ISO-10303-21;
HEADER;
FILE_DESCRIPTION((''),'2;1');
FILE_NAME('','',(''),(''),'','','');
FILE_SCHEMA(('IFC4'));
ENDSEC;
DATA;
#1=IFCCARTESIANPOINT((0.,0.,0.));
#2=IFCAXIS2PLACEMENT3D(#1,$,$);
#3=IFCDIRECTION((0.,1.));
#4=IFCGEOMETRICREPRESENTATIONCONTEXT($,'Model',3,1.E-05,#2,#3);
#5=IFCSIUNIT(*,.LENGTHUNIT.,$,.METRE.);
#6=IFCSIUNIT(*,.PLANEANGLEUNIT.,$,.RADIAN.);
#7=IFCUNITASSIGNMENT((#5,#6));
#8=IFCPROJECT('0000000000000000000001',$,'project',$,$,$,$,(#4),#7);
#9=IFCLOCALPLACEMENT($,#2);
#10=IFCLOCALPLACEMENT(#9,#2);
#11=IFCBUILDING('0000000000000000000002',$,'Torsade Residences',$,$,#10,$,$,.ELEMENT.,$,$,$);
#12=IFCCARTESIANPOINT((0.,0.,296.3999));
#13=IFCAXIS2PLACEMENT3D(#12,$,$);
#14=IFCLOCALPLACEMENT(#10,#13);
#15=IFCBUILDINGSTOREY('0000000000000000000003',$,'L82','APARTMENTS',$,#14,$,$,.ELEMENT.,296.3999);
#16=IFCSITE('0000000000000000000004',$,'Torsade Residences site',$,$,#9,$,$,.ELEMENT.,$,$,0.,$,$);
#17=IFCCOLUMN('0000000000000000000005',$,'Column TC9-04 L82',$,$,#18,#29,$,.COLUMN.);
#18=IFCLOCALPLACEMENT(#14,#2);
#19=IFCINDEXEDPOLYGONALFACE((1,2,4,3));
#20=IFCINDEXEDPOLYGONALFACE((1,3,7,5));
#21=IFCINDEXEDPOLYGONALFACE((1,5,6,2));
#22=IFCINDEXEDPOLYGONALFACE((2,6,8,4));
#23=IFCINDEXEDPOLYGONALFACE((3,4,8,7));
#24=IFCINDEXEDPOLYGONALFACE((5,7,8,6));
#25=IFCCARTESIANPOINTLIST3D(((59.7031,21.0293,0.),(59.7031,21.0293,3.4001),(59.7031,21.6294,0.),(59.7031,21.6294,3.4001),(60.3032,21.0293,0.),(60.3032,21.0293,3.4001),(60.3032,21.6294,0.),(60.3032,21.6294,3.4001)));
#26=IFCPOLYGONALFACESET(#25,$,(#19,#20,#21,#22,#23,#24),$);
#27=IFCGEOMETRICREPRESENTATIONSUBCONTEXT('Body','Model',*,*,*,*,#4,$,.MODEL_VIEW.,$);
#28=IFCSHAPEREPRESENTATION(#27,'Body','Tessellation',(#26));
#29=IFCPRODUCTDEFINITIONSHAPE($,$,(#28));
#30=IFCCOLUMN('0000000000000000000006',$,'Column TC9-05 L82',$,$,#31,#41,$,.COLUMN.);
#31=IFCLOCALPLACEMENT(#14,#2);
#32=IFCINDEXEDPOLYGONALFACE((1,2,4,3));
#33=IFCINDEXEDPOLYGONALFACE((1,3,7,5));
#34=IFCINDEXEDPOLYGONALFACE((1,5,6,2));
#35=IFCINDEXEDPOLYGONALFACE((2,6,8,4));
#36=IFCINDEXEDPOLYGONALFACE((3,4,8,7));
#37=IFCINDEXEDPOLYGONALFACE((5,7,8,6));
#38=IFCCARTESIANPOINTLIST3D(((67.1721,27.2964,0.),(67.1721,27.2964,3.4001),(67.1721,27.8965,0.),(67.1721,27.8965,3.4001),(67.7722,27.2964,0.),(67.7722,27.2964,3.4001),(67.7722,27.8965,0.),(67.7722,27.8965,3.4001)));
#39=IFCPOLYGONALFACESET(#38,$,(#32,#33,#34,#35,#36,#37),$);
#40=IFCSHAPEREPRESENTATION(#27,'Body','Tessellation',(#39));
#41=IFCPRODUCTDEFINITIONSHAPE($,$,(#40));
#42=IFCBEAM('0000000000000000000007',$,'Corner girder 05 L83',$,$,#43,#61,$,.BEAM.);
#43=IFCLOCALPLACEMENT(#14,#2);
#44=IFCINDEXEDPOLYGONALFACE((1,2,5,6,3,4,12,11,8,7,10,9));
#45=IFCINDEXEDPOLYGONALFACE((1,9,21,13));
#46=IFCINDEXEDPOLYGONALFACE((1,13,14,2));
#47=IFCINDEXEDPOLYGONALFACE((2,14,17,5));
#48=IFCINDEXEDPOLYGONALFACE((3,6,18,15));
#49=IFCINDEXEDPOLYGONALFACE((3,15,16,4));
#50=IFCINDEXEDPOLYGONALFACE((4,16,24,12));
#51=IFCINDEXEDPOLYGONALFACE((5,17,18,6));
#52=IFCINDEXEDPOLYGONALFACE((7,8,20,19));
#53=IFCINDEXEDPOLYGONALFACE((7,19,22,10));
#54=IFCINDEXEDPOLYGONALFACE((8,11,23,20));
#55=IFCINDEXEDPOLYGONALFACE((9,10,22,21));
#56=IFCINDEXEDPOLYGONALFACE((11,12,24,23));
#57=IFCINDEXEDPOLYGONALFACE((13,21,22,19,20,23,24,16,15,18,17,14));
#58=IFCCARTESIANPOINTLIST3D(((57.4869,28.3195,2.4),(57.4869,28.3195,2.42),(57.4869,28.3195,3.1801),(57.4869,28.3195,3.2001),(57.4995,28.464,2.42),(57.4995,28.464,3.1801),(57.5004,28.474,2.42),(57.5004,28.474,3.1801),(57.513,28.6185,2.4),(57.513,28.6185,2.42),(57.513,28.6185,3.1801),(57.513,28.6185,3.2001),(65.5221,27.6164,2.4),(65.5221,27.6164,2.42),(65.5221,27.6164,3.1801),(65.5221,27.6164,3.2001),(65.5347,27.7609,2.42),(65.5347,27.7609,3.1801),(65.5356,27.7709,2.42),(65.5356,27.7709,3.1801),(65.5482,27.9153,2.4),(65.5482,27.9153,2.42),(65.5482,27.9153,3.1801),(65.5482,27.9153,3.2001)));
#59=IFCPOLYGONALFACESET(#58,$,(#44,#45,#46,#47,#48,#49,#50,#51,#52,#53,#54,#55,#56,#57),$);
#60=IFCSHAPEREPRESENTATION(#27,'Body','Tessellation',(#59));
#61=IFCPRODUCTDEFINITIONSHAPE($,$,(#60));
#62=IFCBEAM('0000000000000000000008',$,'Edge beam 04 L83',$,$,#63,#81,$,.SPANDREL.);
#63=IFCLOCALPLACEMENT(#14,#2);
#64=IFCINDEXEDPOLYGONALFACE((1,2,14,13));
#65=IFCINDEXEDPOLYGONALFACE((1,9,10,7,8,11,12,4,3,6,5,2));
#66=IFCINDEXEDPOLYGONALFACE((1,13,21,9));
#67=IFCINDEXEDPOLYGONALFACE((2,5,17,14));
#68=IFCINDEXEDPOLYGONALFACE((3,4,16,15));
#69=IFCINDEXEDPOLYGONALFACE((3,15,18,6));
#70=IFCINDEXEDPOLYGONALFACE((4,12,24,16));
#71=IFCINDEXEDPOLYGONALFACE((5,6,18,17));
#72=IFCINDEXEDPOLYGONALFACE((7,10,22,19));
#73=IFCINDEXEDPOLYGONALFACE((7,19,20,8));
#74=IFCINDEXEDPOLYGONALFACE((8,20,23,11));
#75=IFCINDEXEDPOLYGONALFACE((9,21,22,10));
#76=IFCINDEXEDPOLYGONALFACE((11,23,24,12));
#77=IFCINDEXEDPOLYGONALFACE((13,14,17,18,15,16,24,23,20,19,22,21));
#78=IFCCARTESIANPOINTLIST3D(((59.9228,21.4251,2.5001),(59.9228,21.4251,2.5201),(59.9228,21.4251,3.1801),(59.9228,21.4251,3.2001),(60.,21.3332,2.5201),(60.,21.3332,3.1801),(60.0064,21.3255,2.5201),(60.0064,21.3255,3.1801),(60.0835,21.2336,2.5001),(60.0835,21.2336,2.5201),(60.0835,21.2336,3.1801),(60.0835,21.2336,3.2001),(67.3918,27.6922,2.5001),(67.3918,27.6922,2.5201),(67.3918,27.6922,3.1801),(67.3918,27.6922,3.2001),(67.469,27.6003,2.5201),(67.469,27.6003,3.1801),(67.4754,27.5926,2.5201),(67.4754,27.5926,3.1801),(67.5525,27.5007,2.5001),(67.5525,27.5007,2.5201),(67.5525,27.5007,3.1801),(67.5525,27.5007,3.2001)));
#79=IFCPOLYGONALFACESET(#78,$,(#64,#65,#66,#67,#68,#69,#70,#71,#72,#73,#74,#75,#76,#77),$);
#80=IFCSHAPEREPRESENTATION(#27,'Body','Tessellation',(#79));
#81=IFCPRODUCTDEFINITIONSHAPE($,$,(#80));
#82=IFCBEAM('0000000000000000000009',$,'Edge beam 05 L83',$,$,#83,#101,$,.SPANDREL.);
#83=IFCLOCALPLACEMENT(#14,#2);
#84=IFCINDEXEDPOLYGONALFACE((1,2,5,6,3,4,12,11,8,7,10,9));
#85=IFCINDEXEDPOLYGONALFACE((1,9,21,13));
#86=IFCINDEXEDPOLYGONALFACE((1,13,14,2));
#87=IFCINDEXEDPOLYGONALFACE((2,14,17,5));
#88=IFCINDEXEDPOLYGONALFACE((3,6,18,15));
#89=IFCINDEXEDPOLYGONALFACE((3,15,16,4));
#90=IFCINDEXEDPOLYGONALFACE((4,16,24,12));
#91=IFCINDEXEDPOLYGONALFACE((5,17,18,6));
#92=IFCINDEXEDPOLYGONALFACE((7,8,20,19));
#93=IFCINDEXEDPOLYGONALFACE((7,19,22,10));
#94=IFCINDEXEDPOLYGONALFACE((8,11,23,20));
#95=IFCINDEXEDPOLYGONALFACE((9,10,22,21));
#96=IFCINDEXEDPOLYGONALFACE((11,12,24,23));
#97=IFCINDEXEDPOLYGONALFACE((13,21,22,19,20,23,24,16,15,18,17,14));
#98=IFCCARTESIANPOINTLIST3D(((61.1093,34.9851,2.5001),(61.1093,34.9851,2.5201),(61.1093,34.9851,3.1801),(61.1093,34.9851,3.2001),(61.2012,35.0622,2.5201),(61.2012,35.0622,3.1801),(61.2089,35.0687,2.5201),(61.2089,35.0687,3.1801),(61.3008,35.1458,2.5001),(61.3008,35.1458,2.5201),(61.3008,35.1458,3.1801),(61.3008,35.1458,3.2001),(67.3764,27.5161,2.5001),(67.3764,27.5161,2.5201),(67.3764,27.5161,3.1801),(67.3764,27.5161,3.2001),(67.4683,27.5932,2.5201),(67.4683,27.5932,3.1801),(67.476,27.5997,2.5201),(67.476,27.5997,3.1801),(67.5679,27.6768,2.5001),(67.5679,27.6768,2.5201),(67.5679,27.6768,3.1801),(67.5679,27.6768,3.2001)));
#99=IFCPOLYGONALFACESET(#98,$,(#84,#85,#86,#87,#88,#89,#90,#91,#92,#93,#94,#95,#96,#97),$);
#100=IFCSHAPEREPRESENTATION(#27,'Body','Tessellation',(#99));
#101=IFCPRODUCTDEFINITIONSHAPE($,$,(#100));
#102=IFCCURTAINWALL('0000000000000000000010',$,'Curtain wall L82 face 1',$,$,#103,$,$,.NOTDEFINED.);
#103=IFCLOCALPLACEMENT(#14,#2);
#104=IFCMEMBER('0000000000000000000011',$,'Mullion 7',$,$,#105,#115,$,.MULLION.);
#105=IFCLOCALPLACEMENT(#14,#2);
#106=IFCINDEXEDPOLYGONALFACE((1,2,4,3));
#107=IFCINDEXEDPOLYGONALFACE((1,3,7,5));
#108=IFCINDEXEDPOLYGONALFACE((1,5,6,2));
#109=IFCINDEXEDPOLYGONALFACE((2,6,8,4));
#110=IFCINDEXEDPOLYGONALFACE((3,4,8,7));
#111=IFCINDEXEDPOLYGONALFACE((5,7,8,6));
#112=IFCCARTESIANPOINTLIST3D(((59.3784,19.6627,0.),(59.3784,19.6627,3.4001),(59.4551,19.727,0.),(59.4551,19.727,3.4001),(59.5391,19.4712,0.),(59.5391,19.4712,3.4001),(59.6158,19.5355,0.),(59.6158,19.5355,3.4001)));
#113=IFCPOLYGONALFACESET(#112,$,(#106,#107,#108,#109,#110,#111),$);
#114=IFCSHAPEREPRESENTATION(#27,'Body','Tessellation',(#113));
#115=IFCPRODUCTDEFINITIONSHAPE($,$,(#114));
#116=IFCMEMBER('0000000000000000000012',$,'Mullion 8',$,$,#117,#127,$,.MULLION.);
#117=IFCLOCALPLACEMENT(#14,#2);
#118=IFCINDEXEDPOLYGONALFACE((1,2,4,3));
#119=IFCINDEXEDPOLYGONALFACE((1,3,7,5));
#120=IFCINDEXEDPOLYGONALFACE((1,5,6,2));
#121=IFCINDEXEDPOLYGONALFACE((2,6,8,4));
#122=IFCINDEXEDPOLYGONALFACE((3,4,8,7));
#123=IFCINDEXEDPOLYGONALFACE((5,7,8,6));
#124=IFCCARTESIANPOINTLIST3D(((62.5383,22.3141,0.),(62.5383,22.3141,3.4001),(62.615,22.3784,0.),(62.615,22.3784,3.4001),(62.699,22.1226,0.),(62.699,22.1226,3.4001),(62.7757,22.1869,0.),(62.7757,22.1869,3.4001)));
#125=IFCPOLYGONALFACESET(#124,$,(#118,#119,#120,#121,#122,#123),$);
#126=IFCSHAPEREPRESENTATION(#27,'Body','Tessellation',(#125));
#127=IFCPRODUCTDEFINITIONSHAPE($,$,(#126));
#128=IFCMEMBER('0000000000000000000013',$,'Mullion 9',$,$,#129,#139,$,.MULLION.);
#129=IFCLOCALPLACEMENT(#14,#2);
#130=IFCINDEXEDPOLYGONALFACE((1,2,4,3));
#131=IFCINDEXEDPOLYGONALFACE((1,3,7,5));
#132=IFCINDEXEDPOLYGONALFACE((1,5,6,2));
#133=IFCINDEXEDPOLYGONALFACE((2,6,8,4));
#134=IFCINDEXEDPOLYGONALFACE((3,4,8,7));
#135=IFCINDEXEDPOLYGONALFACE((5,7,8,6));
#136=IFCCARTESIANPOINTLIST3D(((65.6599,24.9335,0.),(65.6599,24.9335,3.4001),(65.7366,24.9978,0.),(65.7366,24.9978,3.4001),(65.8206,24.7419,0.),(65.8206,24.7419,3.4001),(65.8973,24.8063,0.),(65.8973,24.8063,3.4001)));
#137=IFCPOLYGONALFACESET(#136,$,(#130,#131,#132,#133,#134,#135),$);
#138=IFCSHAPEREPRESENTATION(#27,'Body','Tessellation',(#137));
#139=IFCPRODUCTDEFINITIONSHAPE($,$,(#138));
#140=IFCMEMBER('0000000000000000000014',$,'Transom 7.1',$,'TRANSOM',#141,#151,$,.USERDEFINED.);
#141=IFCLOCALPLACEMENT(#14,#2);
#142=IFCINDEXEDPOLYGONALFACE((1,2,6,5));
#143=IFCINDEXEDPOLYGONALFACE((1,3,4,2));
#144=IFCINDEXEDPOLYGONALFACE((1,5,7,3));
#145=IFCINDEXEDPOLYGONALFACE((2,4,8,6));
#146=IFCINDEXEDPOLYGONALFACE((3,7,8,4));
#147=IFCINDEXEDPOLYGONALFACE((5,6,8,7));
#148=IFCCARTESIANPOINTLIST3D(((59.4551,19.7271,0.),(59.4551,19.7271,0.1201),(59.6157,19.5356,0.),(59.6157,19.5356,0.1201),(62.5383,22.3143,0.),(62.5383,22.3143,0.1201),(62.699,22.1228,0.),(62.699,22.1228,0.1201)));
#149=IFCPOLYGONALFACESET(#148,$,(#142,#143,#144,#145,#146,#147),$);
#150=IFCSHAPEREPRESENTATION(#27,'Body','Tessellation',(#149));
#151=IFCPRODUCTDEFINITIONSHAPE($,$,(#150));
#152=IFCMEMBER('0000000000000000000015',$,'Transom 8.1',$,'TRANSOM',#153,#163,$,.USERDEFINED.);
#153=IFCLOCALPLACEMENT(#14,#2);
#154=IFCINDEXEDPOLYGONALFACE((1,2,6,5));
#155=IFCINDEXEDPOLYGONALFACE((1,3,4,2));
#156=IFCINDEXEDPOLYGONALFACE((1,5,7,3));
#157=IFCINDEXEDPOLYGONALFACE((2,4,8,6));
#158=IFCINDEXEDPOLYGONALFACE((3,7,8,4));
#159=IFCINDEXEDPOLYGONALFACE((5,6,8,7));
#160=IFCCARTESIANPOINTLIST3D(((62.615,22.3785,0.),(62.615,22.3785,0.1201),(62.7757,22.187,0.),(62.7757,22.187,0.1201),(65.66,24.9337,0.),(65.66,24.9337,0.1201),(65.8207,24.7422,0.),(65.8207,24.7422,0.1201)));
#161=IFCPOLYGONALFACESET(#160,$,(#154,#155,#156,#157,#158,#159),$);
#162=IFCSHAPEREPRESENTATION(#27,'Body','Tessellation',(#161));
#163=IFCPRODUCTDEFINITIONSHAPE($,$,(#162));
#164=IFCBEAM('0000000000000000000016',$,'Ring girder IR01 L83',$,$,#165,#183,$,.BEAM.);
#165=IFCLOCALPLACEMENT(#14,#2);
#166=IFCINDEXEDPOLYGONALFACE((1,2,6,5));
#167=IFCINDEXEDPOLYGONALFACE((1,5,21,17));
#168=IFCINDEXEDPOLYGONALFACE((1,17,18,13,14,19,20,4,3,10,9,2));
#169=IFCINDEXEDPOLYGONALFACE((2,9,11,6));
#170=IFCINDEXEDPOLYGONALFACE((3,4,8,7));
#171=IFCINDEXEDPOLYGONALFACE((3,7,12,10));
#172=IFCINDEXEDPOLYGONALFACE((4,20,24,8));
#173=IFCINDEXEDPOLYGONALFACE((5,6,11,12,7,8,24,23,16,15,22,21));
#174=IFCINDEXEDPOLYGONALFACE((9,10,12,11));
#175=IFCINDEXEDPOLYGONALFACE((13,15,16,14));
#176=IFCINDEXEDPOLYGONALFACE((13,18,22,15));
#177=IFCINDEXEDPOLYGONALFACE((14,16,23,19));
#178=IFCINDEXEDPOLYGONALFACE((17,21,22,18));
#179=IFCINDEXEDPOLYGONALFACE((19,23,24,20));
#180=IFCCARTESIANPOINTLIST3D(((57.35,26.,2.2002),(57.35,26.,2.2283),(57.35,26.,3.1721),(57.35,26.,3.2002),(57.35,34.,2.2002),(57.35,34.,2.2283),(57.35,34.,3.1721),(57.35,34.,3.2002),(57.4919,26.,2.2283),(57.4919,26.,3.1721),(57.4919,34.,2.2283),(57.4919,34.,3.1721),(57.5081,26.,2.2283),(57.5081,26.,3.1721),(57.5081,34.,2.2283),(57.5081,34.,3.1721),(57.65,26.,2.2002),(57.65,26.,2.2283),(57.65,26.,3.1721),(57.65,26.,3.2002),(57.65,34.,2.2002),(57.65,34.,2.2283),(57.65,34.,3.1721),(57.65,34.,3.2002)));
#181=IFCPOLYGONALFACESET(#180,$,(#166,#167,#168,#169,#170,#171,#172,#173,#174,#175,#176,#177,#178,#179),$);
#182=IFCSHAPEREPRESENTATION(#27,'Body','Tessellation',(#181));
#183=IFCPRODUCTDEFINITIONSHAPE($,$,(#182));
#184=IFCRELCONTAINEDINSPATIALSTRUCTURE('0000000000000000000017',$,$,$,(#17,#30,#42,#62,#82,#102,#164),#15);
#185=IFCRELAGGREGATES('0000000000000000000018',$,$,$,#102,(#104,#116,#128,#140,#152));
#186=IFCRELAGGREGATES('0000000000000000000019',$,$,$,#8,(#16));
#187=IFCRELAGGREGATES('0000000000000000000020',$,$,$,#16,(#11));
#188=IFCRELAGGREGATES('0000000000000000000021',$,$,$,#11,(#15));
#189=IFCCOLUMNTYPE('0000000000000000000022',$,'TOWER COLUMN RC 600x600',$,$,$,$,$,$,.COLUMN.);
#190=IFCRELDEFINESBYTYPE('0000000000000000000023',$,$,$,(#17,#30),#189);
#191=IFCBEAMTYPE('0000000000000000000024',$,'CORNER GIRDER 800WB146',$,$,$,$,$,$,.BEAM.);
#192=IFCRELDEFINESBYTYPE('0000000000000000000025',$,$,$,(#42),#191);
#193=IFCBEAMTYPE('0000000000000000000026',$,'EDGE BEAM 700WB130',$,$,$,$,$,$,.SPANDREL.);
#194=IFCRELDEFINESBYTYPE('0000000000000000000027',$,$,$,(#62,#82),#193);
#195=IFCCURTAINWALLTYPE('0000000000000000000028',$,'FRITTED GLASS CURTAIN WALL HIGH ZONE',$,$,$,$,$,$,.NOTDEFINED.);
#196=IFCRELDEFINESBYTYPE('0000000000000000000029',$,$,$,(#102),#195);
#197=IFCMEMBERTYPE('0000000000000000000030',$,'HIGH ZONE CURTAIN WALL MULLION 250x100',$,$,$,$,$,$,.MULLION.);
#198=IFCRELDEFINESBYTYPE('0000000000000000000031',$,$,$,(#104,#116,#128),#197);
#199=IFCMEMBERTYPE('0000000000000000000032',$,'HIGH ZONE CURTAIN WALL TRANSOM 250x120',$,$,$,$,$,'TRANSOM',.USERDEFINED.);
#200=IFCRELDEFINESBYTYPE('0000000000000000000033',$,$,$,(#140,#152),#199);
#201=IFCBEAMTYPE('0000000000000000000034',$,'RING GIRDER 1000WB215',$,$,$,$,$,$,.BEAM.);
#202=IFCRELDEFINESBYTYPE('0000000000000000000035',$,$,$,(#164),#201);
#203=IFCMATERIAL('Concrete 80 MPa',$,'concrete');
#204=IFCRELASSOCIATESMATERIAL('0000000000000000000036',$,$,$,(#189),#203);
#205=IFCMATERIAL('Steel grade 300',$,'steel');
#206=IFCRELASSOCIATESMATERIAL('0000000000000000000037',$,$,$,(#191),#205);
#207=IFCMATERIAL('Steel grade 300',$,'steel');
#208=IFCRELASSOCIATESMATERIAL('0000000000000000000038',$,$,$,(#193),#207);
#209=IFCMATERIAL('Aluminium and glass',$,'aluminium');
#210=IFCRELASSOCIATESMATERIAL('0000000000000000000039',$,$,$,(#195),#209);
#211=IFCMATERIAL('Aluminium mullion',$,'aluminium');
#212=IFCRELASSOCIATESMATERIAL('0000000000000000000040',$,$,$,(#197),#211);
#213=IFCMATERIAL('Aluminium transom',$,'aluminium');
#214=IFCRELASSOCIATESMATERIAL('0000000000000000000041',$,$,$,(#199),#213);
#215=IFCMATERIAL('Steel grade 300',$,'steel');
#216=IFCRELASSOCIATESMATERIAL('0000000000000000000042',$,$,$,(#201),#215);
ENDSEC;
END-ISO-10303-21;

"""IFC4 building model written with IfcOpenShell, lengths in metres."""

from ifc_helpers import new_model, si_unit, direction, frame, origin, origin_2d, place, context, subcontext, project, spatial, rectangle, i_section, extrude, material, material_profile, profile_set, type_object, element, aggregate, save


model = new_model("IFC4")

# Units and contexts
model_context = context("Model", 3, precision=1e-05, world=origin(), true_north=direction((0.0, 1.0)))
body_context = subcontext(model_context, "Body", "Model", "MODEL_VIEW")
ifc_project = project(units=[si_unit("LENGTHUNIT", "METRE"), si_unit("PLANEANGLEUNIT", "RADIAN")], contexts=[model_context])

# Site, building, storey
site_placement = place(None, origin())
site = spatial("IfcSite", under=ifc_project, at=site_placement, Name="Torsade Residences site", CompositionType="ELEMENT", RefElevation=0.0)
building_placement = place(site_placement, origin())
building = spatial("IfcBuilding", under=site, at=building_placement, Name="Torsade Residences", CompositionType="ELEMENT")
storey_placement = place(building_placement, frame((0.0, 0.0, 296.3999)))
storey = spatial("IfcBuildingStorey", under=building, at=storey_placement, Name="L82", Description="APARTMENTS", CompositionType="ELEMENT", Elevation=296.3999)

# Columns
ifc_material_1 = material(Name="Concrete 80 MPa", Category="concrete")
ifc_material_profile_1 = material_profile(ifc_material_1, rectangle(XDim=0.6001, YDim=0.6001, at=origin_2d()), Name="RC 600x600")
ifc_profile_set_1 = profile_set([ifc_material_profile_1], Name="Concrete 80 MPa")
column_type = type_object("IfcColumnType", Name="TOWER COLUMN RC 600x600", PredefinedType="COLUMN", material=ifc_profile_set_1)
for number, where, z_axis, x_axis, name in (
    (1, (60.0032, 21.3293, 0.0), (0.0, 0.0, 1.0), (1.0, 0.0, 0.0), "Column TC9-04 L82"),
    (2, (67.4722, 27.5964, 0.0), (0.0, 0.0, 1.0), (1.0, 0.0, 0.0), "Column TC9-05 L82"),
):
    element("IfcColumn", number, at=place(storey_placement, frame(where, z_axis=z_axis, x_axis=x_axis)), inside=storey, type_object=column_type, Name=name, PredefinedType="COLUMN", context=body_context, shape_type="SweptSolid", body=[
        extrude(rectangle(XDim=0.6001, YDim=0.6001, at=origin_2d()), origin(), (0.0, 0.0, 1.0), 3.4001),
    ])

# Beams
ifc_material_2 = material(Name="Steel grade 300", Category="steel")
ifc_material_profile_2 = material_profile(ifc_material_2, i_section(OverallWidth=0.3, OverallDepth=0.8, WebThickness=0.01, FlangeThickness=0.02, at=origin_2d()), Name="800WB146")
ifc_profile_set_2 = profile_set([ifc_material_profile_2], Name="Steel grade 300")
beam_type_1 = type_object("IfcBeamType", Name="CORNER GIRDER 800WB146", PredefinedType="BEAM", material=ifc_profile_set_2)
beam_1_placement = place(storey_placement, frame((65.5352, 27.7659, 2.8), z_axis=(-0.996193, 0.087173, 0.0), x_axis=(-0.087173, -0.996193, 0.0)))
element("IfcBeam", 3, at=beam_1_placement, inside=storey, type_object=beam_type_1, Name="Corner girder 05 L83", PredefinedType="BEAM", context=body_context, shape_type="SweptSolid", body=[
    extrude(i_section(OverallWidth=0.3, OverallDepth=0.8, WebThickness=0.01, FlangeThickness=0.02, at=origin_2d()), origin(), (0.0, 0.0, 1.0), 8.0659),
])
ifc_material_3 = material(Name="Steel grade 300", Category="steel")
ifc_material_profile_3 = material_profile(ifc_material_3, i_section(OverallWidth=0.25, OverallDepth=0.7, WebThickness=0.01, FlangeThickness=0.02, at=origin_2d()), Name="700WB130")
ifc_profile_set_3 = profile_set([ifc_material_profile_3], Name="Steel grade 300")
beam_type_2 = type_object("IfcBeamType", Name="EDGE BEAM 700WB130", PredefinedType="SPANDREL", material=ifc_profile_set_3)
for number, where, z_axis, x_axis, name in (
    (4, (60.0032, 21.3293, 2.8501), (0.766052, 0.642779, 0.0), (-0.642779, 0.766052, 0.0), "Edge beam 04 L83"),
    (5, (67.4722, 27.5964, 2.8501), (-0.642779, 0.766052, 0.0), (-0.766052, -0.642779, 0.0), "Edge beam 05 L83"),
):
    element("IfcBeam", number, at=place(storey_placement, frame(where, z_axis=z_axis, x_axis=x_axis)), inside=storey, type_object=beam_type_2, Name=name, PredefinedType="SPANDREL", context=body_context, shape_type="SweptSolid", body=[
        extrude(i_section(OverallWidth=0.25, OverallDepth=0.7, WebThickness=0.01, FlangeThickness=0.02, at=origin_2d()), origin(), (0.0, 0.0, 1.0), 9.75),
    ])

# Curtain wall, members
ifc_material_4 = material(Name="Aluminium and glass", Category="aluminium")
curtain_wall_type = type_object("IfcCurtainWallType", Name="FRITTED GLASS CURTAIN WALL HIGH ZONE", PredefinedType="NOTDEFINED", material=ifc_material_4)
curtain_wall_placement = place(storey_placement, origin())
curtain_wall = element("IfcCurtainWall", 6, at=curtain_wall_placement, inside=storey, type_object=curtain_wall_type, Name="Curtain wall L82 face 1", PredefinedType="NOTDEFINED")
ifc_material_5 = material(Name="Aluminium mullion", Category="aluminium")
ifc_material_profile_4 = material_profile(ifc_material_5, rectangle(XDim=0.25, YDim=0.1001, at=origin_2d()), Name="HIGH ZONE CURTAIN WALL MULLION 250x100")
ifc_profile_set_4 = profile_set([ifc_material_profile_4], Name="Aluminium mullion")
member_type_1 = type_object("IfcMemberType", Name="HIGH ZONE CURTAIN WALL MULLION 250x100", PredefinedType="MULLION", material=ifc_profile_set_4)
member_1_placement = place(storey_placement, frame((59.4971, 19.5991, 0.0), z_axis=(0.0, 0.0, 1.0), x_axis=(-0.642788, 0.766044, 0.0)))
member_1 = element("IfcMember", 7, at=member_1_placement, type_object=member_type_1, Name="Mullion 7", PredefinedType="MULLION", context=body_context, shape_type="SweptSolid", body=[
    extrude(rectangle(XDim=0.25, YDim=0.1001, at=origin_2d()), origin(), (0.0, 0.0, 1.0), 3.4001),
])
member_2_placement = place(storey_placement, frame((62.657, 22.2505, 0.0), z_axis=(0.0, 0.0, 1.0), x_axis=(-0.642788, 0.766044, 0.0)))
member_2 = element("IfcMember", 8, at=member_2_placement, type_object=member_type_1, Name="Mullion 8", PredefinedType="MULLION", context=body_context, shape_type="SweptSolid", body=[
    extrude(rectangle(XDim=0.25, YDim=0.1001, at=origin_2d()), origin(), (0.0, 0.0, 1.0), 3.4001),
])
member_3_placement = place(storey_placement, frame((65.7786, 24.8699, 0.0), z_axis=(0.0, 0.0, 1.0), x_axis=(-0.642788, 0.766044, 0.0)))
member_3 = element("IfcMember", 9, at=member_3_placement, type_object=member_type_1, Name="Mullion 9", PredefinedType="MULLION", context=body_context, shape_type="SweptSolid", body=[
    extrude(rectangle(XDim=0.25, YDim=0.1001, at=origin_2d()), origin(), (0.0, 0.0, 1.0), 3.4001),
])
ifc_material_6 = material(Name="Aluminium transom", Category="aluminium")
ifc_material_profile_5 = material_profile(ifc_material_6, rectangle(XDim=0.25, YDim=0.1201, at=origin_2d()), Name="HIGH ZONE CURTAIN WALL TRANSOM 250x120")
ifc_profile_set_5 = profile_set([ifc_material_profile_5], Name="Aluminium transom")
member_type_2 = type_object("IfcMemberType", Name="HIGH ZONE CURTAIN WALL TRANSOM 250x120", ElementType="TRANSOM", PredefinedType="USERDEFINED", material=ifc_profile_set_5)
member_4_placement = place(storey_placement, frame((59.5354, 19.6313, 0.0601), z_axis=(0.766044, 0.642788, 0.0), x_axis=(-0.642788, 0.766044, 0.0)))
member_4 = element("IfcMember", 10, at=member_4_placement, type_object=member_type_2, Name="Transom 7.1", ObjectType="TRANSOM", PredefinedType="USERDEFINED", context=body_context, shape_type="SweptSolid", body=[
    extrude(rectangle(XDim=0.25, YDim=0.1201, at=origin_2d()), origin(), (0.0, 0.0, 1.0), 4.0249),
])
member_5_placement = place(storey_placement, frame((62.6953, 22.2827, 0.0601), z_axis=(0.766022, 0.642815, 0.0), x_axis=(-0.642815, 0.766022, 0.0)))
member_5 = element("IfcMember", 11, at=member_5_placement, type_object=member_type_2, Name="Transom 8.1", ObjectType="TRANSOM", PredefinedType="USERDEFINED", context=body_context, shape_type="SweptSolid", body=[
    extrude(rectangle(XDim=0.25, YDim=0.1201, at=origin_2d()), origin(), (0.0, 0.0, 1.0), 3.9751),
])

# Beam
ifc_material_7 = material(Name="Steel grade 300", Category="steel")
ifc_material_profile_6 = material_profile(ifc_material_7, i_section(OverallWidth=0.3, OverallDepth=1.0, WebThickness=0.0161, FlangeThickness=0.0281, at=origin_2d()), Name="1000WB215")
ifc_profile_set_6 = profile_set([ifc_material_profile_6], Name="Steel grade 300")
beam_type_3 = type_object("IfcBeamType", Name="RING GIRDER 1000WB215", PredefinedType="BEAM", material=ifc_profile_set_6)
beam_2_placement = place(storey_placement, frame((57.5, 26.0, 2.7002), z_axis=(0.0, 1.0, 0.0), x_axis=(-1.0, 0.0, 0.0)))
element("IfcBeam", 12, at=beam_2_placement, inside=storey, type_object=beam_type_3, Name="Ring girder IR01 L83", PredefinedType="BEAM", context=body_context, shape_type="SweptSolid", body=[
    extrude(i_section(OverallWidth=0.3, OverallDepth=1.0, WebThickness=0.0161, FlangeThickness=0.0281, at=origin_2d()), origin(), (0.0, 0.0, 1.0), 8.0),
])

aggregate(curtain_wall, [member_1, member_2, member_3, member_4, member_5])

save(model, "model.ifc")
